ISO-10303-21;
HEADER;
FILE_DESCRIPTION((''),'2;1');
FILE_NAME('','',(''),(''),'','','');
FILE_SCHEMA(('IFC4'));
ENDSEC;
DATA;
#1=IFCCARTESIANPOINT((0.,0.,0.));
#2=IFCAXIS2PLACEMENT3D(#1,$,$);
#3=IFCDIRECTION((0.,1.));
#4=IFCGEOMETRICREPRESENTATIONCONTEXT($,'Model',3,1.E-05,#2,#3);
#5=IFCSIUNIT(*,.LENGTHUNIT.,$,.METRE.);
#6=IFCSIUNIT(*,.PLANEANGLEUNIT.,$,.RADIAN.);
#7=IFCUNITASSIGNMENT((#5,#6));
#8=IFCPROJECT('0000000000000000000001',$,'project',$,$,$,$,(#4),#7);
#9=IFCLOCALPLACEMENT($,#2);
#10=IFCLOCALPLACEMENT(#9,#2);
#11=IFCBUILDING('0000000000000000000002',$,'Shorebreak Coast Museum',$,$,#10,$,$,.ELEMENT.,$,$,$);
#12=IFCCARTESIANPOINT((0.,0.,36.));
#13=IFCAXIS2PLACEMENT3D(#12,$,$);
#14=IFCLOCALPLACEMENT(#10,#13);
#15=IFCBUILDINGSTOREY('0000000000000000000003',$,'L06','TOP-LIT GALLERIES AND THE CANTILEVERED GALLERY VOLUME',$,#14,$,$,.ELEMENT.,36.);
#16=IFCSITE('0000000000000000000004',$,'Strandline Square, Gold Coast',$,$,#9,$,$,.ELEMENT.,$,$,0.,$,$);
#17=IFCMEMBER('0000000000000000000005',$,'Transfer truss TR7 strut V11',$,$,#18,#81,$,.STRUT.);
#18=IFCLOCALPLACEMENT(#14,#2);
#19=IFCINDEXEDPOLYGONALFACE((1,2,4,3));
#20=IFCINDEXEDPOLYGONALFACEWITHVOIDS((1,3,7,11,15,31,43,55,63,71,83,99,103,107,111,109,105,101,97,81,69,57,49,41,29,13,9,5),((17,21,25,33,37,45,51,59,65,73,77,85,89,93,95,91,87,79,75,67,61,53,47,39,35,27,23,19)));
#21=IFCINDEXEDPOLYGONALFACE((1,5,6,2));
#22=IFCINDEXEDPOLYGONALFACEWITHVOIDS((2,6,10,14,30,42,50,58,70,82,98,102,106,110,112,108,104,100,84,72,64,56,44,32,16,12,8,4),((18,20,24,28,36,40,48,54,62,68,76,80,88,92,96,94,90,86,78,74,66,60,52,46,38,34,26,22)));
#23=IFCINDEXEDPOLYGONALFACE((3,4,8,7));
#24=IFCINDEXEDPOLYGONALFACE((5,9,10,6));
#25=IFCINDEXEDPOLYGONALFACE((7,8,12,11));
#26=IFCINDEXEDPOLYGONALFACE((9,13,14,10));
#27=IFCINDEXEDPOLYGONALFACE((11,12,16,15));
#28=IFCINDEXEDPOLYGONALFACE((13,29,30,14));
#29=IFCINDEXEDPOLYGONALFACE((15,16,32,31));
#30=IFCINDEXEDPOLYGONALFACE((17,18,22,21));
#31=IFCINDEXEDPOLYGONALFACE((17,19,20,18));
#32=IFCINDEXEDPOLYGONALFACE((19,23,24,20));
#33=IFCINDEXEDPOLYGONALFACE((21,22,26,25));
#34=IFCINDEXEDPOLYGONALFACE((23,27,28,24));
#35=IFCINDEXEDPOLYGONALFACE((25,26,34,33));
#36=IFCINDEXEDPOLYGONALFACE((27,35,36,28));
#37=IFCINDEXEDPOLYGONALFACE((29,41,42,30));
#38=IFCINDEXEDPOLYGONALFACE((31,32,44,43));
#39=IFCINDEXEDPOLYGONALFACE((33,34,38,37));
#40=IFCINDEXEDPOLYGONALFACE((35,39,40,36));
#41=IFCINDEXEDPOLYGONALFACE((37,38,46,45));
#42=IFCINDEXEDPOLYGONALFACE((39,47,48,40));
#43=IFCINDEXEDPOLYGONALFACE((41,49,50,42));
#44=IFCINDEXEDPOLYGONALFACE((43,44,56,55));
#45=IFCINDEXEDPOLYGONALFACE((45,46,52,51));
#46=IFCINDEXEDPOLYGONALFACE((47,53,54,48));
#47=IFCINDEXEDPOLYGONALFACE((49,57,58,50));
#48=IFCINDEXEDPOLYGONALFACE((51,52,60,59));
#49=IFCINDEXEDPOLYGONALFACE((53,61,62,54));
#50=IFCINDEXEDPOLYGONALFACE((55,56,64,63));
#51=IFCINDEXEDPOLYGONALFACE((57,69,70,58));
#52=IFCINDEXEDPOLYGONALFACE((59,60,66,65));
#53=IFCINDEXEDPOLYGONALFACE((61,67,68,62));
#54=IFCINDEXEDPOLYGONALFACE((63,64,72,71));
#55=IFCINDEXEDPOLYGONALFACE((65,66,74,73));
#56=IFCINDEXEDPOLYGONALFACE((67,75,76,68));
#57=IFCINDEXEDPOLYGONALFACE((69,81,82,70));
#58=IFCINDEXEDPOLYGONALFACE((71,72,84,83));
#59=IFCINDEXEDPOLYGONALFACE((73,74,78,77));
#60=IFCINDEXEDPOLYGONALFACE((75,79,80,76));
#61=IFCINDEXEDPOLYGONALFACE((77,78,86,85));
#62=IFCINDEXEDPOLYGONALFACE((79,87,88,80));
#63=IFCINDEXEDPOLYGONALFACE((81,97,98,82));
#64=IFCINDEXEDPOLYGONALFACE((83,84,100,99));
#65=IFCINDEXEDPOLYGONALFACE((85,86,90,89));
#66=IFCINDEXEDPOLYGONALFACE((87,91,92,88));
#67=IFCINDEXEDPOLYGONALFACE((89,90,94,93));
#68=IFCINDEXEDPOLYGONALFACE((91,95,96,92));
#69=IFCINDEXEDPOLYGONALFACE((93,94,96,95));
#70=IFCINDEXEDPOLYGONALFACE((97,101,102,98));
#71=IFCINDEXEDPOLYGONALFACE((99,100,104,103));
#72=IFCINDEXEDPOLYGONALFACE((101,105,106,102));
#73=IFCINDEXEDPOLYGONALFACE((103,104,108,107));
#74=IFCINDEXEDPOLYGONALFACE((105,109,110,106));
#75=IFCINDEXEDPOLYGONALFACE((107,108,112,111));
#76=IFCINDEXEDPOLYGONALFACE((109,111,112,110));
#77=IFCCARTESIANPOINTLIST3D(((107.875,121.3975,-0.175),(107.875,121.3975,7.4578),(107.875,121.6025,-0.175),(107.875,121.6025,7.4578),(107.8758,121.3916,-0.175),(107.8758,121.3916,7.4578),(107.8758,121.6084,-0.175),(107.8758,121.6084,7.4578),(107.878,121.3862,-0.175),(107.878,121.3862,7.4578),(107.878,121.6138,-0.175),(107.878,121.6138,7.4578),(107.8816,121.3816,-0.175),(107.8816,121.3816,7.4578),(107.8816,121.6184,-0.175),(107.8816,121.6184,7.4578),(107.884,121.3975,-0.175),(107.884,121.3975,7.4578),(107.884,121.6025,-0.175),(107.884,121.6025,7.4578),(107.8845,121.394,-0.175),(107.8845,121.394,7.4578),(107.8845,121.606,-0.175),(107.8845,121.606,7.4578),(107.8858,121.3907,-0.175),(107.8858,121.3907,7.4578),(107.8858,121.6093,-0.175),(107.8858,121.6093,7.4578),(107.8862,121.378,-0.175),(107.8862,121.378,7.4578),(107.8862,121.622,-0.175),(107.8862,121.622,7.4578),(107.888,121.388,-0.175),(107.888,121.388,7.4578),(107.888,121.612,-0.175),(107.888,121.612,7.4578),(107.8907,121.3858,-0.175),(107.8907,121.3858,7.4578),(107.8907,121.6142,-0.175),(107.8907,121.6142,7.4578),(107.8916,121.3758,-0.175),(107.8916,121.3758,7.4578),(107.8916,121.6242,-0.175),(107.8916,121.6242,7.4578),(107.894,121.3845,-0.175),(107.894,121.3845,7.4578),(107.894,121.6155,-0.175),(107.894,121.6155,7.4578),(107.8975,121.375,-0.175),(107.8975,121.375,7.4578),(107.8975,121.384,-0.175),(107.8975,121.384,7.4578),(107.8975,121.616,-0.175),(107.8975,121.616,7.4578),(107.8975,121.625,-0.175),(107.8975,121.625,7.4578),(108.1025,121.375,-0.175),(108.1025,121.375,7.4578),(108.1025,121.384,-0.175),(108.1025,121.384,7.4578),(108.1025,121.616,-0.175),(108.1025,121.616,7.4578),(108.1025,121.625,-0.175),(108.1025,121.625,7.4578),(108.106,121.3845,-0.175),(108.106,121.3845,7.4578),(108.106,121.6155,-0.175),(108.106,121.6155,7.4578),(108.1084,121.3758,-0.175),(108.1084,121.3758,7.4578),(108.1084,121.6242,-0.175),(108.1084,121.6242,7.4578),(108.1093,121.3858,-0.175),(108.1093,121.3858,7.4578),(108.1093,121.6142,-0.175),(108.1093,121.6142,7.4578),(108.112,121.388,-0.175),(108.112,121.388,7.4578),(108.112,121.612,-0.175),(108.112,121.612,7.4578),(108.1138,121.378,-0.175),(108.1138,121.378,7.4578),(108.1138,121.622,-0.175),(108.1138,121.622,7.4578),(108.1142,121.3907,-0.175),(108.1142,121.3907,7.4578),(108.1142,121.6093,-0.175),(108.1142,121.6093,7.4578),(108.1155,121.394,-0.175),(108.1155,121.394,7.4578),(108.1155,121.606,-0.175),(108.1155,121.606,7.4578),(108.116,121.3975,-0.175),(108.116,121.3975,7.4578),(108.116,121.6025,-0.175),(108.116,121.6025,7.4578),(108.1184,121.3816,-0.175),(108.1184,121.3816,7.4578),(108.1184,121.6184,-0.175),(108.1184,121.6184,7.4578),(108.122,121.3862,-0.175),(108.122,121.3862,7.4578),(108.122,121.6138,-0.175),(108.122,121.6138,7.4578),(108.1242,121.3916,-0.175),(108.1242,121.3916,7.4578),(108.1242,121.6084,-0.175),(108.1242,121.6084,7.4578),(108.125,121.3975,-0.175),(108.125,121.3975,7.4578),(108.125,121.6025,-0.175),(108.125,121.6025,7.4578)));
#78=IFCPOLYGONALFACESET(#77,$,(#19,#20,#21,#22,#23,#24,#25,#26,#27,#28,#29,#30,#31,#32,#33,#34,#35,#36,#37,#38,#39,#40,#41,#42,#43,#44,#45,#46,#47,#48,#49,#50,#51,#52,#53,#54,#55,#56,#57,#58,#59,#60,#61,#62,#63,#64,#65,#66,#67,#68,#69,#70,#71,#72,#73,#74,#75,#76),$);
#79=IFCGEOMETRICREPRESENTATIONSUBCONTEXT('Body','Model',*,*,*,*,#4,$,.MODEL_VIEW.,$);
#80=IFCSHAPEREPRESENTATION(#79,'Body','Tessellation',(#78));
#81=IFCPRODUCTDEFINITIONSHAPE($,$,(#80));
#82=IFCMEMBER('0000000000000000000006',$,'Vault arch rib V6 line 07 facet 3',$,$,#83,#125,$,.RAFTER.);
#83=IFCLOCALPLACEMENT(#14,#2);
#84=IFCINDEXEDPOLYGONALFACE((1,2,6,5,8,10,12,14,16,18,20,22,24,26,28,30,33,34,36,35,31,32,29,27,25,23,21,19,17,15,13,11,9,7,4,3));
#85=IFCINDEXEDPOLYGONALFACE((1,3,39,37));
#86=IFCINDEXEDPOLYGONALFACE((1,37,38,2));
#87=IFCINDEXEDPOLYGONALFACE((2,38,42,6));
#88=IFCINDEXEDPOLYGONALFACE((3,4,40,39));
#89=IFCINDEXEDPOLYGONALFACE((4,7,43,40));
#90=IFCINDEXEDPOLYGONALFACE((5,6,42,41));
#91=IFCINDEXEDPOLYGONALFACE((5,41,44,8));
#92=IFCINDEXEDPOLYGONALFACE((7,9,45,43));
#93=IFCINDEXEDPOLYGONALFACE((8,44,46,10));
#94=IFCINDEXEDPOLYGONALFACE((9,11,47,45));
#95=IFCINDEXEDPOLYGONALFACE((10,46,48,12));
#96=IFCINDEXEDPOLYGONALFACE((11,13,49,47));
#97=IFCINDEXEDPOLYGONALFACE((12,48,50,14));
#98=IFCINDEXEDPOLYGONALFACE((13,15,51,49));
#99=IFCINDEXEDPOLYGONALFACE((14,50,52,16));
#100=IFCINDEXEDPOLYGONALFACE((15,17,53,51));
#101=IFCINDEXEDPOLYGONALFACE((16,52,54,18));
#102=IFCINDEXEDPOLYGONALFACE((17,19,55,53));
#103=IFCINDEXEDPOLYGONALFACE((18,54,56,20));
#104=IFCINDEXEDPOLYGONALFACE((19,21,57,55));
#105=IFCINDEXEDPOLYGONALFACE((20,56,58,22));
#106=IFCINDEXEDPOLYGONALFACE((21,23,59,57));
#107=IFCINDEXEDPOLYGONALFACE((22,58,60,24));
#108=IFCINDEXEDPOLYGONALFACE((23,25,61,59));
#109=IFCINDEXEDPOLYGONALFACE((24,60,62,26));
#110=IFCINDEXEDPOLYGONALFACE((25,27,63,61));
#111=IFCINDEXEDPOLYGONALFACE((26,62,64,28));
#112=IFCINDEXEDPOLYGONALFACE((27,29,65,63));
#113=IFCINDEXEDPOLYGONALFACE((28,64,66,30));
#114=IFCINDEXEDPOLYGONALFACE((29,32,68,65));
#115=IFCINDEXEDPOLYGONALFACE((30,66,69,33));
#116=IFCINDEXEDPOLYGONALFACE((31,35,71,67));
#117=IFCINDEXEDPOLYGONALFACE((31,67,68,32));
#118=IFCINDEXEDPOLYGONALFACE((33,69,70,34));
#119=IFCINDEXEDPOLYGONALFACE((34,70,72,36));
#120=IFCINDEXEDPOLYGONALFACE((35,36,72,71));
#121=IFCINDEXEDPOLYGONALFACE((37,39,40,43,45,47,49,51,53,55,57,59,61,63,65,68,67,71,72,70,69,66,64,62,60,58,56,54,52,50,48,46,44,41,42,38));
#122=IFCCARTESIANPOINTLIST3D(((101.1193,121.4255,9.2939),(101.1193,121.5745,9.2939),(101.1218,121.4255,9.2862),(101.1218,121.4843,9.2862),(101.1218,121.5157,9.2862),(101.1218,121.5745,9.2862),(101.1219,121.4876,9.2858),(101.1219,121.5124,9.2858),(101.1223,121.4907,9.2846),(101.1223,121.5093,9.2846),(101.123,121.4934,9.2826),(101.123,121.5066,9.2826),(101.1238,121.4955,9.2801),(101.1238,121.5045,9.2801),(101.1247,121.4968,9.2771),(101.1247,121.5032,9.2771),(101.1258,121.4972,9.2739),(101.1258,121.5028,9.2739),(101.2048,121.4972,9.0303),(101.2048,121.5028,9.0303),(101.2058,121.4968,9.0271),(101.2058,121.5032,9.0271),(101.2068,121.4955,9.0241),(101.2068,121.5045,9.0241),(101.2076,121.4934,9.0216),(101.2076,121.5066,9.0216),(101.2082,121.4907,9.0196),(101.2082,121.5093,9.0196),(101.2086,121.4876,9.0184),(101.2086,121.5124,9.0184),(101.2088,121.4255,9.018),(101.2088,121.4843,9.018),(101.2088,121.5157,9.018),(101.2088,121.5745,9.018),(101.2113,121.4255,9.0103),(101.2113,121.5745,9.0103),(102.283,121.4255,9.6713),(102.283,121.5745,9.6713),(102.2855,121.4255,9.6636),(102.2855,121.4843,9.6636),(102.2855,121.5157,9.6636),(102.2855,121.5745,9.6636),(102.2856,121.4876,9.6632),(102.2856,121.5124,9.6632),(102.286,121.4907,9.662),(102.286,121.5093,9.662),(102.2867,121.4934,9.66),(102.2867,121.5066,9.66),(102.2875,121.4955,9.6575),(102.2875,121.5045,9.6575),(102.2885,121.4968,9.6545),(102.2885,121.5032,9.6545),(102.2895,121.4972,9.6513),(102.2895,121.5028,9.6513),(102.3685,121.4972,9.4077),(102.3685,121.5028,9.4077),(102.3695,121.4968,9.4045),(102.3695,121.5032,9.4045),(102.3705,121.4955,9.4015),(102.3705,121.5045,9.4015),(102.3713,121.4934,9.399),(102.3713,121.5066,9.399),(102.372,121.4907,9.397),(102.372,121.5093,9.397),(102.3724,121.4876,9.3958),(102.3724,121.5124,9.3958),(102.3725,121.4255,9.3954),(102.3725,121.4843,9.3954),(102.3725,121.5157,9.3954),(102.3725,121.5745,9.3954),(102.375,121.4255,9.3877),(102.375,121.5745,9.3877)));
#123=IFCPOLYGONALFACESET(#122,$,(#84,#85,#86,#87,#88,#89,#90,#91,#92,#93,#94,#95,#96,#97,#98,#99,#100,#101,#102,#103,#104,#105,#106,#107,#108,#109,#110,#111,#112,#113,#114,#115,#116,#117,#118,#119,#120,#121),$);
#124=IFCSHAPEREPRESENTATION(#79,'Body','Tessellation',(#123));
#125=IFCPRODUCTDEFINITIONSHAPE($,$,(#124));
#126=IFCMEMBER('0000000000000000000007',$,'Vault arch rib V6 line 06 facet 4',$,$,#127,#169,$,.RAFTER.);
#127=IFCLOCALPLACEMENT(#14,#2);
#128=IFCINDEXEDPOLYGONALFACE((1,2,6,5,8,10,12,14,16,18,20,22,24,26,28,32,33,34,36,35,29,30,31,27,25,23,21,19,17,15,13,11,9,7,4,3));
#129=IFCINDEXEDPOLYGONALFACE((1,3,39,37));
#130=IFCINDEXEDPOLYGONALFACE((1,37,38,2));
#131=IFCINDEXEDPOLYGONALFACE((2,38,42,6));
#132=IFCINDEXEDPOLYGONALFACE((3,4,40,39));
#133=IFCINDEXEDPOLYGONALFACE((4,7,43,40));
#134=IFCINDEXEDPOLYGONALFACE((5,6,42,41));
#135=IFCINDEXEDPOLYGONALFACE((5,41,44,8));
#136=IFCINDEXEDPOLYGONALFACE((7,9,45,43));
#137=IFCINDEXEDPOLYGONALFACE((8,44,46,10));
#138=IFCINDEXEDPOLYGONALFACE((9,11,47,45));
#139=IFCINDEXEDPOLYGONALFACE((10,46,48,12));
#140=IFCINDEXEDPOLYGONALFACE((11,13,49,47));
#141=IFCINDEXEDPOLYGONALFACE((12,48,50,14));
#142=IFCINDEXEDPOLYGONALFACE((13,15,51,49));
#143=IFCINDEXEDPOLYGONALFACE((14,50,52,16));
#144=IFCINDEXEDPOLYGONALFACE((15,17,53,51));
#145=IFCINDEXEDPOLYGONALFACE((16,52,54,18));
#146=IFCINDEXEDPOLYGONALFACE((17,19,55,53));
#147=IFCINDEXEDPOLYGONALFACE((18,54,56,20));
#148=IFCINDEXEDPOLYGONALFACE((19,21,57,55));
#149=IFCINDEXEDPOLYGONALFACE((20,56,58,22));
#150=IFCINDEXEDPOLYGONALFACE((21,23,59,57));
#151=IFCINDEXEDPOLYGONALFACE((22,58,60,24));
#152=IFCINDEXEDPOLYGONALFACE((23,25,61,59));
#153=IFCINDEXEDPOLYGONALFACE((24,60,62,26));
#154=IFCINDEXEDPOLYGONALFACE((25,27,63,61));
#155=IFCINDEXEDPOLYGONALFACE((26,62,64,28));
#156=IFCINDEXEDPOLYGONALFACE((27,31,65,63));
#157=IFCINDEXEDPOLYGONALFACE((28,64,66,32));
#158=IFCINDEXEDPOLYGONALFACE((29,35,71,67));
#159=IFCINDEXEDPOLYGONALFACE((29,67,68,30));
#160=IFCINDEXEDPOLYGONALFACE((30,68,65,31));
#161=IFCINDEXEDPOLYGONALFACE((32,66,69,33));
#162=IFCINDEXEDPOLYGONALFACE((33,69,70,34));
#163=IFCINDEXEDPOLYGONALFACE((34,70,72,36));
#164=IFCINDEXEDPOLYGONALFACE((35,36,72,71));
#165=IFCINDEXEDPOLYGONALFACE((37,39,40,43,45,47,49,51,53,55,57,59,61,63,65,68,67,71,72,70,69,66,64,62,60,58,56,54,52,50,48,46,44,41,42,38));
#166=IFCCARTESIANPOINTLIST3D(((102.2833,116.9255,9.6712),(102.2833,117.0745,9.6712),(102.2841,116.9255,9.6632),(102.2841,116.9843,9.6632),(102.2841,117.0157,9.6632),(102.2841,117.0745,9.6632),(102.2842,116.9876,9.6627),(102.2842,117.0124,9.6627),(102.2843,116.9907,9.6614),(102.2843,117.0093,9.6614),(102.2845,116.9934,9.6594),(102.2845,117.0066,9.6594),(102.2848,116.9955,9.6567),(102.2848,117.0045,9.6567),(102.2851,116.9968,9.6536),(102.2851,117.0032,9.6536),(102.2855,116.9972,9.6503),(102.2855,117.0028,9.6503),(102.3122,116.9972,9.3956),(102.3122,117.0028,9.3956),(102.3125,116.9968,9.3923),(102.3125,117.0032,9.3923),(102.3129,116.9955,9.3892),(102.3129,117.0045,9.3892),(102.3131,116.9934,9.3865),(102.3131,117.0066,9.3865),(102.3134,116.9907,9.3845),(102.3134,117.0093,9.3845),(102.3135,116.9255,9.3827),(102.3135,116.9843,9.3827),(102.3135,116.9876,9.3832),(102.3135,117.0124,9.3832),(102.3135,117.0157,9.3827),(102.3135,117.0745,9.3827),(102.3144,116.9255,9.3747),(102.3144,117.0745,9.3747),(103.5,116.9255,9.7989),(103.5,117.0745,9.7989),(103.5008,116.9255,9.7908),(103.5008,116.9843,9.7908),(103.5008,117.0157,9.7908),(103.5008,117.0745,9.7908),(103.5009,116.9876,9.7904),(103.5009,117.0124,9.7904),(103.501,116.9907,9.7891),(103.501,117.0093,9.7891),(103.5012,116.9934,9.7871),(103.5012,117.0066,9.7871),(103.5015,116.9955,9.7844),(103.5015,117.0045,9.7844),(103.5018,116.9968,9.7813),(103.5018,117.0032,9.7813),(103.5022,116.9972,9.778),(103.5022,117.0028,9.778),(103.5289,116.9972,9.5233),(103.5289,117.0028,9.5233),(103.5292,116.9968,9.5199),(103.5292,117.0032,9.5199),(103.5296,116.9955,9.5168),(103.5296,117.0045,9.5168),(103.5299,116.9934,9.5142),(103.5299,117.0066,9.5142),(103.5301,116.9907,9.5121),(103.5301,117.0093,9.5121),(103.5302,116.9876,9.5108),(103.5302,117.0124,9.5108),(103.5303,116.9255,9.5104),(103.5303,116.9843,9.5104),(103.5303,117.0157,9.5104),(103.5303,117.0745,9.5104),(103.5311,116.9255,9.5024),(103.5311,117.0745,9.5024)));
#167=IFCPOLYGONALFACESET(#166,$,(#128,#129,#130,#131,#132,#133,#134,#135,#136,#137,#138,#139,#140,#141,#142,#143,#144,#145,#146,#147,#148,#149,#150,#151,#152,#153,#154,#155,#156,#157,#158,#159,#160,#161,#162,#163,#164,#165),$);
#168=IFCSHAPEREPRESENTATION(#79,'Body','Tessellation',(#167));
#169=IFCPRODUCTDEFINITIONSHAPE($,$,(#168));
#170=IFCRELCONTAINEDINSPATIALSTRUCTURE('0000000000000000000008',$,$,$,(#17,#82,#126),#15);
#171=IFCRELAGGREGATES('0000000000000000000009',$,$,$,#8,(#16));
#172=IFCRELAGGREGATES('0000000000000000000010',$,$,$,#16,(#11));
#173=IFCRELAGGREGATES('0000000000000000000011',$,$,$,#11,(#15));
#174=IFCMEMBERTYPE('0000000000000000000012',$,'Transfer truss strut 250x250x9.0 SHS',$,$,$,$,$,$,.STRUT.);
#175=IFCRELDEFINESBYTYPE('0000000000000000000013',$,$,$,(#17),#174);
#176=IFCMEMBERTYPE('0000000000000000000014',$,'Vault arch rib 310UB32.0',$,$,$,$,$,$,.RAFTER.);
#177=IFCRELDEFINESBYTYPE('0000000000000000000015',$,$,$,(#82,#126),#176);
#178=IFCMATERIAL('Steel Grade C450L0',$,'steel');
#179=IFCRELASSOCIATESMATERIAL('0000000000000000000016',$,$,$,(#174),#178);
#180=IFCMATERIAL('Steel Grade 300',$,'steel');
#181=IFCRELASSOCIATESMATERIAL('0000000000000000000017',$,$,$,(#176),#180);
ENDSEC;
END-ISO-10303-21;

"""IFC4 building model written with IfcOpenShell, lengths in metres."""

from ifc_helpers import new_model, si_unit, direction, frame, origin, origin_2d, place, context, subcontext, project, spatial, hollow_rectangle, i_section, extrude, material, material_profile, profile_set, type_object, element, save


model = new_model("IFC4")

# Units and contexts
model_context = context("Model", 3, precision=1e-05, world=origin(), true_north=direction((0.0, 1.0)))
body_context = subcontext(model_context, "Body", "Model", "MODEL_VIEW")
ifc_project = project(units=[si_unit("LENGTHUNIT", "METRE"), si_unit("PLANEANGLEUNIT", "RADIAN")], contexts=[model_context])

# Site, building, storey
site_placement = place(None, origin())
site = spatial("IfcSite", under=ifc_project, at=site_placement, Name="Strandline Square, Gold Coast", CompositionType="ELEMENT", RefElevation=0.0)
building_placement = place(site_placement, origin())
building = spatial("IfcBuilding", under=site, at=building_placement, Name="Shorebreak Coast Museum", CompositionType="ELEMENT")
storey_placement = place(building_placement, frame((0.0, 0.0, 36.0)))
storey = spatial("IfcBuildingStorey", under=building, at=storey_placement, Name="L06", Description="TOP-LIT GALLERIES AND THE CANTILEVERED GALLERY VOLUME", CompositionType="ELEMENT", Elevation=36.0)

# Members
ifc_material_1 = material(Name="Steel Grade C450L0", Category="steel")
ifc_material_profile_1 = material_profile(ifc_material_1, hollow_rectangle(XDim=0.25, YDim=0.25, WallThickness=0.009, InnerFilletRadius=0.0134, OuterFilletRadius=0.0225, at=origin_2d()), Name="250x250x9.0 SHS")
ifc_profile_set_1 = profile_set([ifc_material_profile_1], Name="Steel Grade C450L0")
member_type_1 = type_object("IfcMemberType", Name="Transfer truss strut 250x250x9.0 SHS", PredefinedType="STRUT", material=ifc_profile_set_1)
member_1_placement = place(storey_placement, frame((108.0, 121.5, -0.175), z_axis=(0.0, 0.0, 1.0), x_axis=(1.0, 0.0, 0.0)))
element("IfcMember", 1, at=member_1_placement, inside=storey, type_object=member_type_1, Name="Transfer truss TR7 strut V11", PredefinedType="STRUT", context=body_context, shape_type="SweptSolid", body=[
    extrude(hollow_rectangle(XDim=0.25, YDim=0.25, WallThickness=0.009, InnerFilletRadius=0.0134, OuterFilletRadius=0.0225, at=origin_2d()), origin(), (0.0, 0.0, 1.0), 7.6328),
])
ifc_material_2 = material(Name="Steel Grade 300", Category="steel")
ifc_material_profile_2 = material_profile(ifc_material_2, i_section(OverallWidth=0.1489, OverallDepth=0.2981, WebThickness=0.0056, FlangeThickness=0.0081, FilletRadius=0.0129, at=origin_2d()), Name="310UB32.0")
ifc_profile_set_2 = profile_set([ifc_material_profile_2], Name="Steel Grade 300")
member_type_2 = type_object("IfcMemberType", Name="Vault arch rib 310UB32.0", PredefinedType="RAFTER", material=ifc_profile_set_2)
for number, where, z_axis, x_axis, name in (
    (2, (101.1653, 121.5, 9.1521), (0.951226, 0.0, 0.308495), (0.0, 1.0, 0.0), "Vault arch rib V6 line 07 facet 3"),
    (3, (102.2988, 117.0, 9.5229), (0.994539, 0.0, 0.104363), (0.0, 1.0, 0.0), "Vault arch rib V6 line 06 facet 4"),
):
    element("IfcMember", number, at=place(storey_placement, frame(where, z_axis=z_axis, x_axis=x_axis)), inside=storey, type_object=member_type_2, Name=name, PredefinedType="RAFTER", context=body_context, shape_type="SweptSolid", body=[
        extrude(i_section(OverallWidth=0.1489, OverallDepth=0.2981, WebThickness=0.0056, FlangeThickness=0.0081, FilletRadius=0.0129, at=origin_2d()), origin(), (0.0, 0.0, 1.0), 1.2234),
    ])

save(model, "model.ifc")
